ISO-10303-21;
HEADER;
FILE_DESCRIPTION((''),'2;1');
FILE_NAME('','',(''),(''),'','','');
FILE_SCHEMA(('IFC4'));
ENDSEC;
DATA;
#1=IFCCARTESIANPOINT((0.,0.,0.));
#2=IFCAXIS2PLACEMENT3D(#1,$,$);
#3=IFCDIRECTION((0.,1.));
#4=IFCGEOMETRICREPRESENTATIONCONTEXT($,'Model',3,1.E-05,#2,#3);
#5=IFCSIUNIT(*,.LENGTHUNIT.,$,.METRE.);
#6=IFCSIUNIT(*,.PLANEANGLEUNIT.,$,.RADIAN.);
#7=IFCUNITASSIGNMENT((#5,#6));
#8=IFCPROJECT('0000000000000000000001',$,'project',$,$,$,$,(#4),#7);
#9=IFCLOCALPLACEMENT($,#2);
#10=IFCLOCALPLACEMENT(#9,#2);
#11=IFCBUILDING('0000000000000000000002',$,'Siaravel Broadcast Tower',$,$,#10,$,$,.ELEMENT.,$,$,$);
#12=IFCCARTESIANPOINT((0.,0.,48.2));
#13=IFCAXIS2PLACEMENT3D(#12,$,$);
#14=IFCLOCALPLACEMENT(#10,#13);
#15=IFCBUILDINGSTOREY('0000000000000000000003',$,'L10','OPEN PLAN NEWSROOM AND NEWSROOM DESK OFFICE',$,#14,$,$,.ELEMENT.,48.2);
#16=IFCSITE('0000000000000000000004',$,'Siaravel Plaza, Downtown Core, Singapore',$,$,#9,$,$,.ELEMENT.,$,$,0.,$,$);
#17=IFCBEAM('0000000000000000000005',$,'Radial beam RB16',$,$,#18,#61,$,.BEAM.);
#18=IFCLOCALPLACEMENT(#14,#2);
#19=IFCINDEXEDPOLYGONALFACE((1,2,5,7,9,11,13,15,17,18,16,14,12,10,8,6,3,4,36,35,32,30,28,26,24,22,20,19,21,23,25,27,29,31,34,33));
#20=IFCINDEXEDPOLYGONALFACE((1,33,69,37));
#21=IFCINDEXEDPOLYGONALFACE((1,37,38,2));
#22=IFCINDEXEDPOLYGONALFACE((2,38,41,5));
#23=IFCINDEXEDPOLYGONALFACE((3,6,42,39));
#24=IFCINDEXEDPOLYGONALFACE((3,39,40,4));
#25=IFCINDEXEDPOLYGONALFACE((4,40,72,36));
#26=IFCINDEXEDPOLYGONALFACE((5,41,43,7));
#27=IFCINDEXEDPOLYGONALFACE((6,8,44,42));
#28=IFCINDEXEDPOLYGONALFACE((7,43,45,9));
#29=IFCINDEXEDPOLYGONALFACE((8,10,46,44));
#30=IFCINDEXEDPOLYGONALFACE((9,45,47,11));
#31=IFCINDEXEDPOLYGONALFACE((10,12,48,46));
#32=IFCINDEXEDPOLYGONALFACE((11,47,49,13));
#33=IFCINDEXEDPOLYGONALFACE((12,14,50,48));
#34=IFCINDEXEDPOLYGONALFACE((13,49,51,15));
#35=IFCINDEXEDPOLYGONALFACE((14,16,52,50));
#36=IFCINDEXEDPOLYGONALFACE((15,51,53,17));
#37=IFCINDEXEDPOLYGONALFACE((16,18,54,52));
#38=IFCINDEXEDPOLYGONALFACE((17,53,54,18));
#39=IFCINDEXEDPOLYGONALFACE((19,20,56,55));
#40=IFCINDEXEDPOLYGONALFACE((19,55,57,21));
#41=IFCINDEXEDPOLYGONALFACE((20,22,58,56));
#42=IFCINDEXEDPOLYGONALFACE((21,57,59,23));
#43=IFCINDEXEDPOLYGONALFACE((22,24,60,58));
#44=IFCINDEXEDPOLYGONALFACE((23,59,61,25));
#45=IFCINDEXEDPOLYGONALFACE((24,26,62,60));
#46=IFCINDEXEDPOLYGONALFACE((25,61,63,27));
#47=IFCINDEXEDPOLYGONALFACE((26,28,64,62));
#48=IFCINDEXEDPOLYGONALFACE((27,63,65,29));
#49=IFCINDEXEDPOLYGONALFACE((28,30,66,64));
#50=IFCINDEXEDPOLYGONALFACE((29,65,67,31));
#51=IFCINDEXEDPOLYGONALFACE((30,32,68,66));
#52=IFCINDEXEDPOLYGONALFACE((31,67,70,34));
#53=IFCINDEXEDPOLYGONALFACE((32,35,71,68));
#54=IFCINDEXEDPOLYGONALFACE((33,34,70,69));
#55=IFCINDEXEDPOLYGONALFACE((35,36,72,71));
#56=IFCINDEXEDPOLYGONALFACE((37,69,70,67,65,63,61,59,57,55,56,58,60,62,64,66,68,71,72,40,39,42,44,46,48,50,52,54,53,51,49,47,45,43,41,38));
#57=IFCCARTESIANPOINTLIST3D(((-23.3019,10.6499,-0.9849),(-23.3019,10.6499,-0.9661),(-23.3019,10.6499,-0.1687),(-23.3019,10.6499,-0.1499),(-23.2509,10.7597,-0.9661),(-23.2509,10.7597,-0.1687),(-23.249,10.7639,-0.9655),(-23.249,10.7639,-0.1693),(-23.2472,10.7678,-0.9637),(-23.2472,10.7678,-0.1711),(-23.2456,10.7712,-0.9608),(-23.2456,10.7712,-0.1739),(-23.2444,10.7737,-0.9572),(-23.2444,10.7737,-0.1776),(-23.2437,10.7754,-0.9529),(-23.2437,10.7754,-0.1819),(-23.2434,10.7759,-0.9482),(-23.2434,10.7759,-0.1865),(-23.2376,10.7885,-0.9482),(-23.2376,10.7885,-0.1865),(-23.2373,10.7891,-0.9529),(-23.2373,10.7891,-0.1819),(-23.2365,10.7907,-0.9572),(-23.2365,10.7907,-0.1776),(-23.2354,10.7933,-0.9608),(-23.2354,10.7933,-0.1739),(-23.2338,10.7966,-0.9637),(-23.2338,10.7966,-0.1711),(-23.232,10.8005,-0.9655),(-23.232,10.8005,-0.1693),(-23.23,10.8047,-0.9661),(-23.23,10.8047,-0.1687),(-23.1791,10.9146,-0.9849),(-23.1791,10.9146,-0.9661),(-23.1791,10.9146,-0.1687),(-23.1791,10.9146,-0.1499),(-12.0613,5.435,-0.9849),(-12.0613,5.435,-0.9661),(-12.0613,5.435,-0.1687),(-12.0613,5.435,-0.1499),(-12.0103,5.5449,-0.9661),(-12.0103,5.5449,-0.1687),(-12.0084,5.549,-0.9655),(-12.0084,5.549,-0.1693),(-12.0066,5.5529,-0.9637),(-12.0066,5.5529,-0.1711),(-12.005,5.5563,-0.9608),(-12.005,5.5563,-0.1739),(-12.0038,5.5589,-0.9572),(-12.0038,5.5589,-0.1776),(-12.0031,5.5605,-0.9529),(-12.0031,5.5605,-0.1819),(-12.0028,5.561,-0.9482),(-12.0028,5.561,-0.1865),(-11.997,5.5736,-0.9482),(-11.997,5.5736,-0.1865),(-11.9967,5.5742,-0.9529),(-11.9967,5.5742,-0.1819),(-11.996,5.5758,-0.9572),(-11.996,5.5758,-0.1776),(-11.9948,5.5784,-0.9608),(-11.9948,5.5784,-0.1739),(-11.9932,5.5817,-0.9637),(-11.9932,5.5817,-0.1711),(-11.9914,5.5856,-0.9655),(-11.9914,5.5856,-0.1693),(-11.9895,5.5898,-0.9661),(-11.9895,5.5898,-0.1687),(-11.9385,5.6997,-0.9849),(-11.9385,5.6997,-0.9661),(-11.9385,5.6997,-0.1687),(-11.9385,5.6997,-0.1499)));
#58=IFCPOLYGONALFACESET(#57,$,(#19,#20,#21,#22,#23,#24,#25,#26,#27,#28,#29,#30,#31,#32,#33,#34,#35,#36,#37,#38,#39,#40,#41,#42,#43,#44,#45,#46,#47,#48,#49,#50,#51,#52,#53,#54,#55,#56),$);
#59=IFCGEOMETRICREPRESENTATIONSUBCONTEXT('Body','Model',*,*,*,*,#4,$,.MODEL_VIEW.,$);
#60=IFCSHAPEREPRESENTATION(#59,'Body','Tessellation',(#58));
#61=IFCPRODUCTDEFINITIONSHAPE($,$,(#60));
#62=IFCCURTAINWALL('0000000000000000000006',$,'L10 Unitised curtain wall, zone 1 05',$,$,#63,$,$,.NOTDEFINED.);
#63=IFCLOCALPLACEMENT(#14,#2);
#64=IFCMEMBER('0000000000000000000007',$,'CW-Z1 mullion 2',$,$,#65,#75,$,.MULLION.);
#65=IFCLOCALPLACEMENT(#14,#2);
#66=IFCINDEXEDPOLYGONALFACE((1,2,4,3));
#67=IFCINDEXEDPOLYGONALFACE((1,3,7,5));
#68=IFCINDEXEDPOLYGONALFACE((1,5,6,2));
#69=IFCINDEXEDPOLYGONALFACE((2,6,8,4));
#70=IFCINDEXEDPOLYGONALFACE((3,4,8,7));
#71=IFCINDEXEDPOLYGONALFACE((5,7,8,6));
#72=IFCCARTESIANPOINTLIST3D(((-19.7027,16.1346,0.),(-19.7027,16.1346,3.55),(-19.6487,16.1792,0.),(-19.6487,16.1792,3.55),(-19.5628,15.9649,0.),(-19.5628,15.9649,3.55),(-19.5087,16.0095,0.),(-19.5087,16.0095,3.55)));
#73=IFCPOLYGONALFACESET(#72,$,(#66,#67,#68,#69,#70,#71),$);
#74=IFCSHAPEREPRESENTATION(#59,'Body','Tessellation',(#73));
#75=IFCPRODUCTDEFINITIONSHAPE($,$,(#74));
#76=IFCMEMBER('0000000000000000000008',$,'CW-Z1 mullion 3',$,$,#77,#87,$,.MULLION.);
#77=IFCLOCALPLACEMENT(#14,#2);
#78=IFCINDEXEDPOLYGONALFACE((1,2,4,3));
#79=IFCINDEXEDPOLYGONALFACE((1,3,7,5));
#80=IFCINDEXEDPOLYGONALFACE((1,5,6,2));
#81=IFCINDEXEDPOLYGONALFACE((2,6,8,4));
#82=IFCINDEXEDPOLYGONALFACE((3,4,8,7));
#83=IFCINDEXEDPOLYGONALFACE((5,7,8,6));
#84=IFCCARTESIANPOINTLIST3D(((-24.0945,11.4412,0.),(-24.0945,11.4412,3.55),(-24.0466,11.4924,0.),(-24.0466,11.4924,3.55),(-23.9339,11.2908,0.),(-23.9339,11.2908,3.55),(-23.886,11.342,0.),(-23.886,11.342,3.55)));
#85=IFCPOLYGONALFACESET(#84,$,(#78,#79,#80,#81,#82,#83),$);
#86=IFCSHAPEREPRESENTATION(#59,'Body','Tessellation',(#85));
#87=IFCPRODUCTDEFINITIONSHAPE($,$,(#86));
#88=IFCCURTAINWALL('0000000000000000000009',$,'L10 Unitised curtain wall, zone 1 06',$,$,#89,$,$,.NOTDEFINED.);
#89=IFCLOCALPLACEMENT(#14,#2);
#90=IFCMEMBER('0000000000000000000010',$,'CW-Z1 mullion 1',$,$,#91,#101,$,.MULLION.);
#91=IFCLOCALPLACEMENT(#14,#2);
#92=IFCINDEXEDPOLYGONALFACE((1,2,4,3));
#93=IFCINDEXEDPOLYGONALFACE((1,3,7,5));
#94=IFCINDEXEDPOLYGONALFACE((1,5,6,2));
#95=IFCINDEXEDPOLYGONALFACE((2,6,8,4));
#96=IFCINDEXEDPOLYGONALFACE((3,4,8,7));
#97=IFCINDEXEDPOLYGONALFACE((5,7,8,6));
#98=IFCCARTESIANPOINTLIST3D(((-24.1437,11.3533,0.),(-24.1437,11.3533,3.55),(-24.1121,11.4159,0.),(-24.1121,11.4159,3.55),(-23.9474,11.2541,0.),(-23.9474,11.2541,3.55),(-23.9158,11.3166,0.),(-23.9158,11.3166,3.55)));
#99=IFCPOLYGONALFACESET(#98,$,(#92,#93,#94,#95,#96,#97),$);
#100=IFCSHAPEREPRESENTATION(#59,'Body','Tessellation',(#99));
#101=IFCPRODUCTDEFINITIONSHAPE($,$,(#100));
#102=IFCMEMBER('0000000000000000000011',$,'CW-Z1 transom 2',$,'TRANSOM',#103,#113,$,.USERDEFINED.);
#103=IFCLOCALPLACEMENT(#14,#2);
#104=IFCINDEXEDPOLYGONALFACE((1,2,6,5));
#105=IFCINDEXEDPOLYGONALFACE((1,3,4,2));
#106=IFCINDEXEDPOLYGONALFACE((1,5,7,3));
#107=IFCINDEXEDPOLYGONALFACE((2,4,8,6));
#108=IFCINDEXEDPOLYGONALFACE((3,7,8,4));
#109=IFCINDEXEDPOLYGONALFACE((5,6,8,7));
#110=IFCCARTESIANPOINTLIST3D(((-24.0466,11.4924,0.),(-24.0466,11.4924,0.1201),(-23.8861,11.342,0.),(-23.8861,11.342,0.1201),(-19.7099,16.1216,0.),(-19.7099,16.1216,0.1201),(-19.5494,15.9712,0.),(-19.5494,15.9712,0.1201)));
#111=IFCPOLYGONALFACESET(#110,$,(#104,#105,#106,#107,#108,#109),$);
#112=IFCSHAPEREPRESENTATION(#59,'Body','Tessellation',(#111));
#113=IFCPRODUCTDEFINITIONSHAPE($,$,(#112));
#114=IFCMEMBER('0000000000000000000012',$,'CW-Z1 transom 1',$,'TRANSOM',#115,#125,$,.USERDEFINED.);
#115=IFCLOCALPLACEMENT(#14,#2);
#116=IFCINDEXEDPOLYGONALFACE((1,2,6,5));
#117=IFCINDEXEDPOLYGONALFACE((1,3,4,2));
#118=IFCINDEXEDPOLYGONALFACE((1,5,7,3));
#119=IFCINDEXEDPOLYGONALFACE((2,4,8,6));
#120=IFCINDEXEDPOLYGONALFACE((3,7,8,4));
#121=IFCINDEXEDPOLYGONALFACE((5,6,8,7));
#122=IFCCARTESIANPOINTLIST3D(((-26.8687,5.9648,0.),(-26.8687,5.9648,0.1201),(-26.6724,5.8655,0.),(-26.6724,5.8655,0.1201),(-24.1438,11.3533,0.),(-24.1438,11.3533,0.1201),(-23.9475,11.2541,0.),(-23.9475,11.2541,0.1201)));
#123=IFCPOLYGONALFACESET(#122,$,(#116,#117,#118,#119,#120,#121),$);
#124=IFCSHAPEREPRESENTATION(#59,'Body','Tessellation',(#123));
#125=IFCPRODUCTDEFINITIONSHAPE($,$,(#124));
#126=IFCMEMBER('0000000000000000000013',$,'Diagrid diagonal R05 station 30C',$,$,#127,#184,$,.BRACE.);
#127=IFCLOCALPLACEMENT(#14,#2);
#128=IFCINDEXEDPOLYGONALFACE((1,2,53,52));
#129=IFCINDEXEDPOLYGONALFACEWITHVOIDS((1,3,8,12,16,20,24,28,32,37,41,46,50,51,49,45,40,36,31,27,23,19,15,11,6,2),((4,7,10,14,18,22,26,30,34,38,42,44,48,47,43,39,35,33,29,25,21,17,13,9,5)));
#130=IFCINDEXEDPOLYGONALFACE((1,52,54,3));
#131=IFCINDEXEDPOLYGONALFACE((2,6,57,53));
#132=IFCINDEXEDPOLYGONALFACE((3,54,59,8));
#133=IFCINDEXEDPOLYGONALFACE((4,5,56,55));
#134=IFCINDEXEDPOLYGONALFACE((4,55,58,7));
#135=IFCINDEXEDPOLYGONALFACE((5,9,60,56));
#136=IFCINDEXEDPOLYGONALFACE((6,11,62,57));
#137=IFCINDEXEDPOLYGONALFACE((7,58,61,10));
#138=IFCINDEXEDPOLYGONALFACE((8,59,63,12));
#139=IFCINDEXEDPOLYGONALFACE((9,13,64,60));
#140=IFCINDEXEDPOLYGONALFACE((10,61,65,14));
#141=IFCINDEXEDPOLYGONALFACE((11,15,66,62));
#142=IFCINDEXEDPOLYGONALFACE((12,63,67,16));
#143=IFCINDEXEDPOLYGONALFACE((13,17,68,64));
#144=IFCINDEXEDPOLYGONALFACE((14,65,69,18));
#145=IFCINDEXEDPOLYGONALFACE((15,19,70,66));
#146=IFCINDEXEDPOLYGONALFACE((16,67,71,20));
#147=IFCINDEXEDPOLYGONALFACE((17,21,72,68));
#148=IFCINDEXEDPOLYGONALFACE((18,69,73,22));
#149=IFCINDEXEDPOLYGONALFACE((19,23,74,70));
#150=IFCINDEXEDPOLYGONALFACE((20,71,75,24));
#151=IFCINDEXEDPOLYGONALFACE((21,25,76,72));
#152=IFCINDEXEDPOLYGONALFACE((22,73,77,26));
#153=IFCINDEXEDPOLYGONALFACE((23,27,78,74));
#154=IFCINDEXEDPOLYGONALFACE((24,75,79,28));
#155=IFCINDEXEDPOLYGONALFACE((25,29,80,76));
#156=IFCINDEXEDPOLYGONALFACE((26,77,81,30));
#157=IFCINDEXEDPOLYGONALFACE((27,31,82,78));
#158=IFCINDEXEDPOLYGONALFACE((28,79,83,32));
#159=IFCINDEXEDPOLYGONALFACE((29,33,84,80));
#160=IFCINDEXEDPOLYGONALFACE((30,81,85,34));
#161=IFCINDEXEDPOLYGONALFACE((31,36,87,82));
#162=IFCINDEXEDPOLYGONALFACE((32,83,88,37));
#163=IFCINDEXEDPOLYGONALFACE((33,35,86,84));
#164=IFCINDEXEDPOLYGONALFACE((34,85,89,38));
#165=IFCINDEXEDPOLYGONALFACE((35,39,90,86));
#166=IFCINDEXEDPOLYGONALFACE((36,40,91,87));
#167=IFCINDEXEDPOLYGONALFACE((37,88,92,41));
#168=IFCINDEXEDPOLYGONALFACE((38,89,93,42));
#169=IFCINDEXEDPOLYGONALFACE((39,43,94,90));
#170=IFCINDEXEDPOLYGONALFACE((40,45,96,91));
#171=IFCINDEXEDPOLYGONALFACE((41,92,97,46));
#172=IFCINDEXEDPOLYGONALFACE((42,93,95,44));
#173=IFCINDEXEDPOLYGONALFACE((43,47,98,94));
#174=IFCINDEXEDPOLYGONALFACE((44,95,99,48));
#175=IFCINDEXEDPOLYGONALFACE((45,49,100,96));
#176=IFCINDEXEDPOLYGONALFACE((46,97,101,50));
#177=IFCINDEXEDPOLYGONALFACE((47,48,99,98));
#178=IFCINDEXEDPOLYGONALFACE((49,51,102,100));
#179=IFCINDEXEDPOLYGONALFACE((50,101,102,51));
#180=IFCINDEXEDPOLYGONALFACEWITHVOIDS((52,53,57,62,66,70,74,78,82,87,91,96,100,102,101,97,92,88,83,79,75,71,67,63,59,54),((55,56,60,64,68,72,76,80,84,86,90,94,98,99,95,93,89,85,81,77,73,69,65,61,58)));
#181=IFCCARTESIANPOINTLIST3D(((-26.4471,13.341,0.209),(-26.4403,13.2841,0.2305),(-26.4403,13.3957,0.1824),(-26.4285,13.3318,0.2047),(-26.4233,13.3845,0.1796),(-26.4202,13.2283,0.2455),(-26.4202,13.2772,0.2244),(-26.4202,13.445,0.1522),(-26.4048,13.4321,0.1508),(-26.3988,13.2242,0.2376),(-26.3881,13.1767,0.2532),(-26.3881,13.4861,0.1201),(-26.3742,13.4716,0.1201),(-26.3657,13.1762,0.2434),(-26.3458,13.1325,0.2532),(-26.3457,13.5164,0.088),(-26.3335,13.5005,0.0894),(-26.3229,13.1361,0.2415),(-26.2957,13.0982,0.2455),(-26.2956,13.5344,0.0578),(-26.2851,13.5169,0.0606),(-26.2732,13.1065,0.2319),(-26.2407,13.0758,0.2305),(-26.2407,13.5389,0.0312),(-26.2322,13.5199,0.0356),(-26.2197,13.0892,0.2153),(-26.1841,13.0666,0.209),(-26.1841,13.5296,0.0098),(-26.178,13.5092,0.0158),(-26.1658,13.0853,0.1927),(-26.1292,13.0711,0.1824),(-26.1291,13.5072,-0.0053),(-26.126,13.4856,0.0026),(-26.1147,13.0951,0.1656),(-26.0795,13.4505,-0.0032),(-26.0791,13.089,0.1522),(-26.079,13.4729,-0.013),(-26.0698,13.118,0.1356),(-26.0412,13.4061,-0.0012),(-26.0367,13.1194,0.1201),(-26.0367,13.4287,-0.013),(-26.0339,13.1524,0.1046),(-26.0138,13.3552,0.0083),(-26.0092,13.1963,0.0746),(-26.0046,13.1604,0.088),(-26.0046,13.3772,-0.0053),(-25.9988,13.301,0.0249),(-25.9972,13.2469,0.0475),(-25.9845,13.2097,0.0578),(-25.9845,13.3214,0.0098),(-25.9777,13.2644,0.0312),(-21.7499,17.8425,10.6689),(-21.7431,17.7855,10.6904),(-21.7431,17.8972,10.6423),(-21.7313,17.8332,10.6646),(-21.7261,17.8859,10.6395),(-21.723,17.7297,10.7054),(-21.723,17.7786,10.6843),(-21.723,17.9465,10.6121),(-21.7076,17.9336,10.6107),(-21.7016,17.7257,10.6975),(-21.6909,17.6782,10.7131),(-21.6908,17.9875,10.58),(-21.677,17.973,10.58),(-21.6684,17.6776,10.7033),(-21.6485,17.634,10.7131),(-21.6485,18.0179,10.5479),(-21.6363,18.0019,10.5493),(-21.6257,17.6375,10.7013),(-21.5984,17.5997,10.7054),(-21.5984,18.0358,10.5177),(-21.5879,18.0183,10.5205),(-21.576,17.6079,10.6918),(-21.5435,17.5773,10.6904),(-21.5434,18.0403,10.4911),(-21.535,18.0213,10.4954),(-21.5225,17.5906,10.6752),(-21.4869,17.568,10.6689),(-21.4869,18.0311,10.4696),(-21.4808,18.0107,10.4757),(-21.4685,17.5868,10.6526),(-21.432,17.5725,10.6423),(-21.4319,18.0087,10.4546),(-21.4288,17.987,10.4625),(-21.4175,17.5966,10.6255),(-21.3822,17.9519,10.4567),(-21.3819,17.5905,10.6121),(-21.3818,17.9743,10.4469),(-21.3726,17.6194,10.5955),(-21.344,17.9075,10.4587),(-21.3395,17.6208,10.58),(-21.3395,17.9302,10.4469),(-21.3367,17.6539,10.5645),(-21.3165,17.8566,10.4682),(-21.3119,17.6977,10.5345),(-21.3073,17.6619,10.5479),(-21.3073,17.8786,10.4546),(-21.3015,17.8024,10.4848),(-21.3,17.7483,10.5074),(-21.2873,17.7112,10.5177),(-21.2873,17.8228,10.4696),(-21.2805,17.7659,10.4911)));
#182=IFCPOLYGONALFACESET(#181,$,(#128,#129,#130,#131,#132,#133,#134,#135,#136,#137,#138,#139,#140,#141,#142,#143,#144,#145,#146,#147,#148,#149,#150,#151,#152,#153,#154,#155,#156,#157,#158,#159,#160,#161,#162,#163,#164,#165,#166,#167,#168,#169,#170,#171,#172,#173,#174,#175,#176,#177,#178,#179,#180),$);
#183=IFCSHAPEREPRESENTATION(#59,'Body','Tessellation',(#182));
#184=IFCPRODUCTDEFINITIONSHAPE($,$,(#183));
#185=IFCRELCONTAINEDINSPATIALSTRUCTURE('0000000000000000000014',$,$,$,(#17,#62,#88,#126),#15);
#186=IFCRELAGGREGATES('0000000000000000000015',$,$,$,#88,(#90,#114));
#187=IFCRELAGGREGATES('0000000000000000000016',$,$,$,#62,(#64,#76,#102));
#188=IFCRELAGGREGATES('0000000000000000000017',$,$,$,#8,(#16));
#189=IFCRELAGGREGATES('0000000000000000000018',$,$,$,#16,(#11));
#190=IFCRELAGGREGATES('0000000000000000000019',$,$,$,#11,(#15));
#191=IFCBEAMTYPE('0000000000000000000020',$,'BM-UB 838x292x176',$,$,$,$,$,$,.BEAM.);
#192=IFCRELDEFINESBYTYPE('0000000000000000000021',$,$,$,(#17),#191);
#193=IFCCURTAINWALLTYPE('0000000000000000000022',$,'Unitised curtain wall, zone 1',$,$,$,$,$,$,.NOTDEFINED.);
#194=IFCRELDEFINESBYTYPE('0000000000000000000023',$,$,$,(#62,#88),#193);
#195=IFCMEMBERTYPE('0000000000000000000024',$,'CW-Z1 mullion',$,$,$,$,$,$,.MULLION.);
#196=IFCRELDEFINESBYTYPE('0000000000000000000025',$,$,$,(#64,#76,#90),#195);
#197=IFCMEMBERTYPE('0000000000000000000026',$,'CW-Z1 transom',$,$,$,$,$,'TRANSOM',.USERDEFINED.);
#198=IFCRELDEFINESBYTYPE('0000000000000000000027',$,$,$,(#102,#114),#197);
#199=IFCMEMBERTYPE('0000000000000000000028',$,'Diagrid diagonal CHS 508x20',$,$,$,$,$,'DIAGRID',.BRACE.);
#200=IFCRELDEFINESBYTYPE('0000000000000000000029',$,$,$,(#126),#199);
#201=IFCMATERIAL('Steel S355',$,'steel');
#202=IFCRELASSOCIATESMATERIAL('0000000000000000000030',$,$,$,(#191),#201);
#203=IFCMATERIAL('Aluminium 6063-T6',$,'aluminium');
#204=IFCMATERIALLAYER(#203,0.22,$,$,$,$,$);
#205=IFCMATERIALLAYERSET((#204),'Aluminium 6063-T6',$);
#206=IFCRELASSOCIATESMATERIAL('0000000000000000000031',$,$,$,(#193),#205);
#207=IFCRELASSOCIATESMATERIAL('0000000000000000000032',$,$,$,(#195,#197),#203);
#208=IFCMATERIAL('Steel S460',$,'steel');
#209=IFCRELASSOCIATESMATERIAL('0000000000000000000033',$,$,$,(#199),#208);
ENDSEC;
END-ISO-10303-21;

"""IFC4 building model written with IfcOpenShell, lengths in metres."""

from ifc_helpers import new_model, si_unit, direction, frame, origin, origin_2d, place, context, subcontext, project, spatial, rectangle, hollow_circle, i_section, extrude, material, layer, layer_set, material_profile, profile_set, type_object, element, aggregate, save


model = new_model("IFC4")

# Units and contexts
model_context = context("Model", 3, precision=1e-05, world=origin(), true_north=direction((0.0, 1.0)))
body_context = subcontext(model_context, "Body", "Model", "MODEL_VIEW")
ifc_project = project(units=[si_unit("LENGTHUNIT", "METRE"), si_unit("PLANEANGLEUNIT", "RADIAN")], contexts=[model_context])

# Site, building, storey
site_placement = place(None, origin())
site = spatial("IfcSite", under=ifc_project, at=site_placement, Name="Siaravel Plaza, Downtown Core, Singapore", CompositionType="ELEMENT", RefElevation=0.0)
building_placement = place(site_placement, origin())
building = spatial("IfcBuilding", under=site, at=building_placement, Name="Siaravel Broadcast Tower", CompositionType="ELEMENT")
storey_placement = place(building_placement, frame((0.0, 0.0, 48.2)))
storey = spatial("IfcBuildingStorey", under=building, at=storey_placement, Name="L10", Description="OPEN PLAN NEWSROOM AND NEWSROOM DESK OFFICE", CompositionType="ELEMENT", Elevation=48.2)

# Beam
ifc_material_1 = material(Name="Steel S355", Category="steel")
ifc_material_profile_1 = material_profile(ifc_material_1, i_section(OverallWidth=0.2917, OverallDepth=0.835, WebThickness=0.0139, FlangeThickness=0.0188, FilletRadius=0.0178, at=origin_2d()))
ifc_profile_set_1 = profile_set([ifc_material_profile_1], Name="Steel S355")
beam_type = type_object("IfcBeamType", Name="BM-UB 838x292x176", PredefinedType="BEAM", material=ifc_profile_set_1)
beam_1_placement = place(storey_placement, frame((-23.2405, 10.7822, -0.5674), z_axis=(0.907131, -0.420849, 0.0), x_axis=(0.420849, 0.907131, 0.0)))
element("IfcBeam", 1, at=beam_1_placement, inside=storey, type_object=beam_type, Name="Radial beam RB16", PredefinedType="BEAM", context=body_context, shape_type="SweptSolid", body=[
    extrude(i_section(OverallWidth=0.2917, OverallDepth=0.835, WebThickness=0.0139, FlangeThickness=0.0188, FilletRadius=0.0178, at=origin_2d()), origin(), (0.0, 0.0, 1.0), 12.3914),
])

# Curtain wall, members
ifc_material_2 = material(Name="Aluminium 6063-T6", Category="aluminium")
ifc_layer_1 = layer(ifc_material_2, 0.22)
ifc_layer_set_1 = layer_set([ifc_layer_1], Name="Aluminium 6063-T6")
curtain_wall_type = type_object("IfcCurtainWallType", Name="Unitised curtain wall, zone 1", PredefinedType="NOTDEFINED", material=ifc_layer_set_1)
curtain_wall_1_placement = place(storey_placement, origin())
curtain_wall_1 = element("IfcCurtainWall", 2, at=curtain_wall_1_placement, inside=storey, type_object=curtain_wall_type, Name="L10 Unitised curtain wall, zone 1 05", PredefinedType="NOTDEFINED")
ifc_material_profile_2 = material_profile(ifc_material_2, rectangle(XDim=0.22, YDim=0.0701, at=origin_2d()))
ifc_profile_set_2 = profile_set([ifc_material_profile_2], Name="Aluminium 6063-T6")
member_type_1 = type_object("IfcMemberType", Name="CW-Z1 mullion", PredefinedType="MULLION", material=ifc_profile_set_2)
member_1_placement = place(storey_placement, frame((-19.6057, 16.072, 0.0), z_axis=(0.0, 0.0, 1.0), x_axis=(0.636219, -0.771509, 0.0)))
member_1 = element("IfcMember", 3, at=member_1_placement, type_object=member_type_1, Name="CW-Z1 mullion 2", PredefinedType="MULLION", context=body_context, shape_type="SweptSolid", body=[
    extrude(rectangle(XDim=0.22, YDim=0.0701, at=origin_2d()), origin(), (0.0, 0.0, 1.0), 3.55),
])
member_2_placement = place(storey_placement, frame((-23.9902, 11.3916, 0.0), z_axis=(0.0, 0.0, 1.0), x_axis=(0.729805, -0.683655, 0.0)))
member_2 = element("IfcMember", 4, at=member_2_placement, type_object=member_type_1, Name="CW-Z1 mullion 3", PredefinedType="MULLION", context=body_context, shape_type="SweptSolid", body=[
    extrude(rectangle(XDim=0.22, YDim=0.0701, at=origin_2d()), origin(), (0.0, 0.0, 1.0), 3.55),
])

# Curtain wall, member
curtain_wall_2_placement = place(storey_placement, origin())
curtain_wall_2 = element("IfcCurtainWall", 5, at=curtain_wall_2_placement, inside=storey, type_object=curtain_wall_type, Name="L10 Unitised curtain wall, zone 1 06", PredefinedType="NOTDEFINED")
member_3_placement = place(storey_placement, frame((-24.0298, 11.335, 0.0), z_axis=(0.0, 0.0, 1.0), x_axis=(0.892392, -0.451261, 0.0)))
member_3 = element("IfcMember", 6, at=member_3_placement, type_object=member_type_1, Name="CW-Z1 mullion 1", PredefinedType="MULLION", context=body_context, shape_type="SweptSolid", body=[
    extrude(rectangle(XDim=0.22, YDim=0.0701, at=origin_2d()), origin(), (0.0, 0.0, 1.0), 3.55),
])

# Members
ifc_material_profile_3 = material_profile(ifc_material_2, rectangle(XDim=0.22, YDim=0.1201, at=origin_2d()))
ifc_profile_set_3 = profile_set([ifc_material_profile_3], Name="Aluminium 6063-T6")
member_type_2 = type_object("IfcMemberType", Name="CW-Z1 transom", ElementType="TRANSOM", PredefinedType="USERDEFINED", material=ifc_profile_set_3)
member_4_placement = place(storey_placement, frame((-19.6296, 16.0464, 0.0601), z_axis=(-0.683676, -0.729786, 0.0), x_axis=(0.729786, -0.683676, 0.0)))
member_4 = element("IfcMember", 7, at=member_4_placement, type_object=member_type_2, Name="CW-Z1 transom 2", ObjectType="TRANSOM", PredefinedType="USERDEFINED", context=body_context, shape_type="SweptSolid", body=[
    extrude(rectangle(XDim=0.22, YDim=0.1201, at=origin_2d()), origin(), (0.0, 0.0, 1.0), 6.3433),
])
member_5_placement = place(storey_placement, frame((-24.0457, 11.3037, 0.0601), z_axis=(-0.451268, -0.892388, 0.0), x_axis=(0.892388, -0.451268, 0.0)))
member_5 = element("IfcMember", 8, at=member_5_placement, type_object=member_type_2, Name="CW-Z1 transom 1", ObjectType="TRANSOM", PredefinedType="USERDEFINED", context=body_context, shape_type="SweptSolid", body=[
    extrude(rectangle(XDim=0.22, YDim=0.1201, at=origin_2d()), origin(), (0.0, 0.0, 1.0), 6.0383),
])
aggregate(curtain_wall_2, [member_3, member_5])

# Member
ifc_material_3 = material(Name="Steel S460", Category="steel")
ifc_material_profile_4 = material_profile(ifc_material_3, hollow_circle(Radius=0.2539, WallThickness=0.02, at=origin_2d()))
ifc_profile_set_4 = profile_set([ifc_material_profile_4], Name="Steel S460")
member_type_3 = type_object("IfcMemberType", Name="Diagrid diagonal CHS 508x20", ElementType="DIAGRID", PredefinedType="BRACE", material=ifc_profile_set_4)
member_6_placement = place(storey_placement, frame((-26.2124, 13.3027, 0.1201), z_axis=(0.381327, 0.365432, 0.849146), x_axis=(-0.691899, 0.721994, 0.0)))
element("IfcMember", 9, at=member_6_placement, inside=storey, type_object=member_type_3, Name="Diagrid diagonal R05 station 30C", PredefinedType="BRACE", context=body_context, shape_type="SweptSolid", body=[
    extrude(hollow_circle(Radius=0.2539, WallThickness=0.02, at=origin_2d()), origin(), (0.0, 0.0, 1.0), 12.3181),
])

aggregate(curtain_wall_1, [member_1, member_2, member_4])

save(model, "model.ifc")
